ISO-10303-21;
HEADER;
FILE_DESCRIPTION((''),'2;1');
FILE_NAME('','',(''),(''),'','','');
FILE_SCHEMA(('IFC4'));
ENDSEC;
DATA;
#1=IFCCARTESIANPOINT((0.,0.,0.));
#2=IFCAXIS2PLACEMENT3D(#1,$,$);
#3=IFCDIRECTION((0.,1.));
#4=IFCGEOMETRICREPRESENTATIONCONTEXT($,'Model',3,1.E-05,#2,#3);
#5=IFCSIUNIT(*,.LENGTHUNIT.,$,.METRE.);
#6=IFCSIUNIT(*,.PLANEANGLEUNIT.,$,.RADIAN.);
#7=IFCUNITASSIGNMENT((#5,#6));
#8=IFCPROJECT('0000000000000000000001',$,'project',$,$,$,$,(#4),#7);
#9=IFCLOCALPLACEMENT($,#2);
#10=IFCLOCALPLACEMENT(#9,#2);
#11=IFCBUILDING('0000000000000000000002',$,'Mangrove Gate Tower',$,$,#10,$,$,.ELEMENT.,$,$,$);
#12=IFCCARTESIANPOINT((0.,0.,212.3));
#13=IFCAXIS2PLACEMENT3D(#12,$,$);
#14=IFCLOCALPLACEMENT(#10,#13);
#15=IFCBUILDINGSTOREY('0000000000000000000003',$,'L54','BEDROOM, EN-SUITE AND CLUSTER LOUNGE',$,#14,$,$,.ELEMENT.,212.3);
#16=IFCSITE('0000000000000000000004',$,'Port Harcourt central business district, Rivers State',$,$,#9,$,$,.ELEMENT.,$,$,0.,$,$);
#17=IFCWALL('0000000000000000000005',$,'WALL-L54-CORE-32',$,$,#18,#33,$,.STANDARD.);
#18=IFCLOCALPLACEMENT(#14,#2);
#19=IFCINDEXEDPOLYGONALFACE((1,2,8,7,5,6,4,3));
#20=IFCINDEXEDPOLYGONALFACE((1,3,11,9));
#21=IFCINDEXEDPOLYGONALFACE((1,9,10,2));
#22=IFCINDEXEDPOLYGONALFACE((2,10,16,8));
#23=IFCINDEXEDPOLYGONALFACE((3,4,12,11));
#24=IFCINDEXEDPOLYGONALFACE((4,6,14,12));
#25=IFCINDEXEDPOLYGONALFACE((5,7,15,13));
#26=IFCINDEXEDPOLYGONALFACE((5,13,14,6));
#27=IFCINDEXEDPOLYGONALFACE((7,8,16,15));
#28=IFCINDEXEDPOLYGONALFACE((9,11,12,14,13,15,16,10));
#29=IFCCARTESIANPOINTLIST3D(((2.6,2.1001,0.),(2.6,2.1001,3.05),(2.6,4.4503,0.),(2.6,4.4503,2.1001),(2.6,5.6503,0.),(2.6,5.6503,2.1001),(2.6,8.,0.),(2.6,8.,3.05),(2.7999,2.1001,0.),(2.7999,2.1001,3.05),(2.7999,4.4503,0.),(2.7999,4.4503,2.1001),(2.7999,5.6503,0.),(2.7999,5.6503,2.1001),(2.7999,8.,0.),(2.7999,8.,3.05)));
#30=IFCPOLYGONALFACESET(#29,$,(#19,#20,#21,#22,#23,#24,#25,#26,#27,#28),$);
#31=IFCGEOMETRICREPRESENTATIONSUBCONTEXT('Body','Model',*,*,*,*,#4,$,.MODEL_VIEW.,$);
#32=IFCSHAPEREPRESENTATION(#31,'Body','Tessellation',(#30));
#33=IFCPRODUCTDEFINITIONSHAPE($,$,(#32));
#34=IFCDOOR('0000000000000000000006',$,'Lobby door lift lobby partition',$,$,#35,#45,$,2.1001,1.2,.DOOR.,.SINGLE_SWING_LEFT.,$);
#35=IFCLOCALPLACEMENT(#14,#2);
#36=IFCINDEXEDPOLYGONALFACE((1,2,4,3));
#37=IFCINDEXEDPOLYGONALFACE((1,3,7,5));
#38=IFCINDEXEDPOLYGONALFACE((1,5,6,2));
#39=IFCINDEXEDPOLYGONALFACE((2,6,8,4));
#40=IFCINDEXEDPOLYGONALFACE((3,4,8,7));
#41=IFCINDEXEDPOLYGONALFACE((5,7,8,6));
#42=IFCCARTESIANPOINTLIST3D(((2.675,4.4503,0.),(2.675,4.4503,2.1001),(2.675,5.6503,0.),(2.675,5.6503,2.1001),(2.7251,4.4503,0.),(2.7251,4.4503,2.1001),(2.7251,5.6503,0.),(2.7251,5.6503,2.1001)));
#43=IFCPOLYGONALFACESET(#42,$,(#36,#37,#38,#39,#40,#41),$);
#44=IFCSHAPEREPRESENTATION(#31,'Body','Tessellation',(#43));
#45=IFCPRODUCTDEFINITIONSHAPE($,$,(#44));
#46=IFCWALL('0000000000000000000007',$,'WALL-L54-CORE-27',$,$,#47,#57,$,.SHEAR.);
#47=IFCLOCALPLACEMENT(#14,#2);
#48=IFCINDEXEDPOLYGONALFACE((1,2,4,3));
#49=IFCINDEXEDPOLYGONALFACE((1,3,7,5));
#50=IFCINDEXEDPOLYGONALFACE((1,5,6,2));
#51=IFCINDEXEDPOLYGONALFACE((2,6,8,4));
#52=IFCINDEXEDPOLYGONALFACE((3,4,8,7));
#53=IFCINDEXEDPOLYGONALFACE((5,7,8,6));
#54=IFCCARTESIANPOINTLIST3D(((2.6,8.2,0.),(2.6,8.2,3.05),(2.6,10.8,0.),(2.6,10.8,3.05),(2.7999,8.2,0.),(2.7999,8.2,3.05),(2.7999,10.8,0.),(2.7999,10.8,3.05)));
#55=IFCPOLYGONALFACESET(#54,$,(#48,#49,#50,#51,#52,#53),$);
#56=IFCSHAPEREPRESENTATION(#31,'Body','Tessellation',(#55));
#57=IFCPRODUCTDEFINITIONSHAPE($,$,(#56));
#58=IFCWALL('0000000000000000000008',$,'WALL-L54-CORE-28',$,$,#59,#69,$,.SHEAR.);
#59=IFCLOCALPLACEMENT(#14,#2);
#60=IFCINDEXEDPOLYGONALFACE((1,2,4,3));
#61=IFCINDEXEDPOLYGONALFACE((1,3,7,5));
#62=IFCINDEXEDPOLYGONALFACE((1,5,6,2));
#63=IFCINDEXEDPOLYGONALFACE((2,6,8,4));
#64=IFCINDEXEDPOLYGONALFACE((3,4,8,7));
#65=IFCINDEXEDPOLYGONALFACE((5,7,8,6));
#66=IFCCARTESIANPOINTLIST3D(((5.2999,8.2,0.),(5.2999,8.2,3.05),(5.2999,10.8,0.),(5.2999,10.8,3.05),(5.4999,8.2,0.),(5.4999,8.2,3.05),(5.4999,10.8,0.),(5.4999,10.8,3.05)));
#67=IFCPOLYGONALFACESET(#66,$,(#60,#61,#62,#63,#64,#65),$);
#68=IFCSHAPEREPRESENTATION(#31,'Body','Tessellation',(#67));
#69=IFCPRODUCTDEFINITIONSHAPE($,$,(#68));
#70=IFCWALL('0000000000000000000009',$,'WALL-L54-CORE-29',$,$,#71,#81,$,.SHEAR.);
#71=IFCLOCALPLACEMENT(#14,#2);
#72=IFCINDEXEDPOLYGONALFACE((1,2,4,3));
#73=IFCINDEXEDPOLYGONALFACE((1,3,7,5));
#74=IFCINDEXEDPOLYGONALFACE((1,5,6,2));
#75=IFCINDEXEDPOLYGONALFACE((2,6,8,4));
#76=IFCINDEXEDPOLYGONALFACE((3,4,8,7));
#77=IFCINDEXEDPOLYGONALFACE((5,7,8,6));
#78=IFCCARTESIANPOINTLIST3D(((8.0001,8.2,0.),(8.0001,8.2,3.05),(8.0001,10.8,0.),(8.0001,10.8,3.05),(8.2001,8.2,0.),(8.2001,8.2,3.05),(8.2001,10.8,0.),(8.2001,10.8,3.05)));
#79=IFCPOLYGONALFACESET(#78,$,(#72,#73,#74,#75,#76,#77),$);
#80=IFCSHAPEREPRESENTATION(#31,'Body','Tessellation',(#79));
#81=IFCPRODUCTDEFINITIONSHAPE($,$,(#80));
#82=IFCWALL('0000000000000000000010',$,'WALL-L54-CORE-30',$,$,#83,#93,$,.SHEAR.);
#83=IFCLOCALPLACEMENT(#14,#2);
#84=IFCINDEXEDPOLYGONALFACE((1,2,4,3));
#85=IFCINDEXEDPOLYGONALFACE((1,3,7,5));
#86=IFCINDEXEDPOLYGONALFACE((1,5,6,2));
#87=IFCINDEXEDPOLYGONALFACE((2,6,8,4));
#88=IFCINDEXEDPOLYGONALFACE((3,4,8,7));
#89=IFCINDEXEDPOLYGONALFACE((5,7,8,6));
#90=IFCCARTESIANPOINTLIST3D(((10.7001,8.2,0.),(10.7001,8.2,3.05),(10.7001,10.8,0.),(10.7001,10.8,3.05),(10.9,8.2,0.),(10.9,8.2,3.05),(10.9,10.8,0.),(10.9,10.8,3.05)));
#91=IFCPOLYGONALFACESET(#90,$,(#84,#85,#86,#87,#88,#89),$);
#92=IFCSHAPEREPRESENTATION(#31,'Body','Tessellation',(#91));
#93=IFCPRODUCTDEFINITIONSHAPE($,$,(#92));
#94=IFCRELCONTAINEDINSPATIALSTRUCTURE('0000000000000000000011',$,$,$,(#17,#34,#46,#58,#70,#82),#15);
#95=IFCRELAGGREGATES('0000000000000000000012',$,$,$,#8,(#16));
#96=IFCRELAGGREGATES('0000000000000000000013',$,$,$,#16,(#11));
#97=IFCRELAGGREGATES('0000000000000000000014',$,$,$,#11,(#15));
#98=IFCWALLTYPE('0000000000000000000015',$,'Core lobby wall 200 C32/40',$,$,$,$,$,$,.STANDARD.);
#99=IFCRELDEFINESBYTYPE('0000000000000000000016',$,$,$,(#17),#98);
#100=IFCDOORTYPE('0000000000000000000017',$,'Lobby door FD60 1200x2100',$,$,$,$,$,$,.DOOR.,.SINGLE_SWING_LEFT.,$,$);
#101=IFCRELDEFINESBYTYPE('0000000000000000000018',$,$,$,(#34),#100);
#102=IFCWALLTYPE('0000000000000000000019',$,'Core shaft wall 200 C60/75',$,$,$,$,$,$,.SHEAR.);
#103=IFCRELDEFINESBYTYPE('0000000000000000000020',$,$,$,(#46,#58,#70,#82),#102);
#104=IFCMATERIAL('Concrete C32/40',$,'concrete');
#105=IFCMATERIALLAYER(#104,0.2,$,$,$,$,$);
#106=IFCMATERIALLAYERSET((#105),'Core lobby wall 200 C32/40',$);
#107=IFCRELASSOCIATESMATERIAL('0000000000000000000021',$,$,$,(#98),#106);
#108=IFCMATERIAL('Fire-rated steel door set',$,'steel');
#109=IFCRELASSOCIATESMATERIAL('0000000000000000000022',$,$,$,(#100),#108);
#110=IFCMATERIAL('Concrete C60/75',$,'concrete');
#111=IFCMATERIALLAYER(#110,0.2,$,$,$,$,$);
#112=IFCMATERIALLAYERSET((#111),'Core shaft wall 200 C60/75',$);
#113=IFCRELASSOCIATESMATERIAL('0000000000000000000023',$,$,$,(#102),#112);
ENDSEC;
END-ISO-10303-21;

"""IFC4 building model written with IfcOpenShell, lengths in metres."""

from ifc_helpers import new_model, si_unit, direction, frame, frame_2d, origin, place, context, subcontext, project, spatial, rectangle, extrude, material, layer, layer_set, type_object, element, fill, save


model = new_model("IFC4")

# Units and contexts
model_context = context("Model", 3, precision=1e-05, world=origin(), true_north=direction((0.0, 1.0)))
body_context = subcontext(model_context, "Body", "Model", "MODEL_VIEW")
ifc_project = project(units=[si_unit("LENGTHUNIT", "METRE"), si_unit("PLANEANGLEUNIT", "RADIAN")], contexts=[model_context])

# Site, building, storey
site_placement = place(None, origin())
site = spatial("IfcSite", under=ifc_project, at=site_placement, Name="Port Harcourt central business district, Rivers State", CompositionType="ELEMENT", RefElevation=0.0)
building_placement = place(site_placement, origin())
building = spatial("IfcBuilding", under=site, at=building_placement, Name="Mangrove Gate Tower", CompositionType="ELEMENT")
storey_placement = place(building_placement, frame((0.0, 0.0, 212.3)))
storey = spatial("IfcBuildingStorey", under=building, at=storey_placement, Name="L54", Description="BEDROOM, EN-SUITE AND CLUSTER LOUNGE", CompositionType="ELEMENT", Elevation=212.3)

# Wall, opening, door
ifc_material_1 = material(Name="Concrete C32/40", Category="concrete")
ifc_layer_1 = layer(ifc_material_1, 0.2)
ifc_layer_set_1 = layer_set([ifc_layer_1], Name="Core lobby wall 200 C32/40")
wall_type_1 = type_object("IfcWallType", Name="Core lobby wall 200 C32/40", PredefinedType="STANDARD", material=ifc_layer_set_1)
wall_placement = place(storey_placement, frame((2.7, 2.1001, 0.0), z_axis=(0.0, 0.0, 1.0), x_axis=(0.0, 1.0, 0.0)))
wall = element("IfcWall", 1, at=wall_placement, inside=storey, type_object=wall_type_1, Name="WALL-L54-CORE-32", PredefinedType="STANDARD", context=body_context, shape_type="SweptSolid", body=[
    extrude(rectangle(XDim=5.8999, YDim=0.2, at=frame_2d((2.95, 0.0))), origin(), (0.0, 0.0, 1.0), 3.05),
])
opening_placement = place(wall_placement, frame((2.3501, 0.0, 0.0)))
opening = element("IfcOpeningElement", 2, at=opening_placement, cuts=wall, PredefinedType="OPENING", context=body_context, shape_type="SweptSolid", body=[
    extrude(rectangle(XDim=1.2, YDim=2.1001, at=frame_2d((0.6001, 1.05))), frame((0.0, 0.1099, 0.0), z_axis=(0.0, -1.0, 0.0), x_axis=(1.0, 0.0, 0.0)), (0.0, 0.0, 1.0), 0.22),
])
ifc_material_2 = material(Name="Fire-rated steel door set", Category="steel")
door_type = type_object("IfcDoorType", Name="Lobby door FD60 1200x2100", OperationType="SINGLE_SWING_LEFT", PredefinedType="DOOR", material=ifc_material_2)
door_placement = place(opening_placement, origin())
door = element("IfcDoor", 3, at=door_placement, inside=storey, type_object=door_type, Name="Lobby door lift lobby partition", OperationType="SINGLE_SWING_LEFT", OverallHeight=2.1001, OverallWidth=1.2, PredefinedType="DOOR", context=body_context, shape_type="SweptSolid", body=[
    extrude(rectangle(XDim=1.2, YDim=2.1001, at=frame_2d((0.6001, 1.05))), frame((0.0, 0.0249, 0.0), z_axis=(0.0, -1.0, 0.0), x_axis=(1.0, 0.0, 0.0)), (0.0, 0.0, 1.0), 0.05),
])
fill(opening, door)

# Walls
ifc_material_3 = material(Name="Concrete C60/75", Category="concrete")
ifc_layer_2 = layer(ifc_material_3, 0.2)
ifc_layer_set_2 = layer_set([ifc_layer_2], Name="Core shaft wall 200 C60/75")
wall_type_2 = type_object("IfcWallType", Name="Core shaft wall 200 C60/75", PredefinedType="SHEAR", material=ifc_layer_set_2)
for number, where, z_axis, x_axis, name in (
    (4, (2.7, 8.2, 0.0), (0.0, 0.0, 1.0), (0.0, 1.0, 0.0), "WALL-L54-CORE-27"),
    (5, (5.3999, 8.2, 0.0), (0.0, 0.0, 1.0), (0.0, 1.0, 0.0), "WALL-L54-CORE-28"),
    (6, (8.1001, 8.2, 0.0), (0.0, 0.0, 1.0), (0.0, 1.0, 0.0), "WALL-L54-CORE-29"),
    (7, (10.8, 8.2, 0.0), (0.0, 0.0, 1.0), (0.0, 1.0, 0.0), "WALL-L54-CORE-30"),
):
    element("IfcWall", number, at=place(storey_placement, frame(where, z_axis=z_axis, x_axis=x_axis)), inside=storey, type_object=wall_type_2, Name=name, PredefinedType="SHEAR", context=body_context, shape_type="SweptSolid", body=[
        extrude(rectangle(XDim=2.6001, YDim=0.2, at=frame_2d((1.3, 0.0))), origin(), (0.0, 0.0, 1.0), 3.05),
    ])

save(model, "model.ifc")
